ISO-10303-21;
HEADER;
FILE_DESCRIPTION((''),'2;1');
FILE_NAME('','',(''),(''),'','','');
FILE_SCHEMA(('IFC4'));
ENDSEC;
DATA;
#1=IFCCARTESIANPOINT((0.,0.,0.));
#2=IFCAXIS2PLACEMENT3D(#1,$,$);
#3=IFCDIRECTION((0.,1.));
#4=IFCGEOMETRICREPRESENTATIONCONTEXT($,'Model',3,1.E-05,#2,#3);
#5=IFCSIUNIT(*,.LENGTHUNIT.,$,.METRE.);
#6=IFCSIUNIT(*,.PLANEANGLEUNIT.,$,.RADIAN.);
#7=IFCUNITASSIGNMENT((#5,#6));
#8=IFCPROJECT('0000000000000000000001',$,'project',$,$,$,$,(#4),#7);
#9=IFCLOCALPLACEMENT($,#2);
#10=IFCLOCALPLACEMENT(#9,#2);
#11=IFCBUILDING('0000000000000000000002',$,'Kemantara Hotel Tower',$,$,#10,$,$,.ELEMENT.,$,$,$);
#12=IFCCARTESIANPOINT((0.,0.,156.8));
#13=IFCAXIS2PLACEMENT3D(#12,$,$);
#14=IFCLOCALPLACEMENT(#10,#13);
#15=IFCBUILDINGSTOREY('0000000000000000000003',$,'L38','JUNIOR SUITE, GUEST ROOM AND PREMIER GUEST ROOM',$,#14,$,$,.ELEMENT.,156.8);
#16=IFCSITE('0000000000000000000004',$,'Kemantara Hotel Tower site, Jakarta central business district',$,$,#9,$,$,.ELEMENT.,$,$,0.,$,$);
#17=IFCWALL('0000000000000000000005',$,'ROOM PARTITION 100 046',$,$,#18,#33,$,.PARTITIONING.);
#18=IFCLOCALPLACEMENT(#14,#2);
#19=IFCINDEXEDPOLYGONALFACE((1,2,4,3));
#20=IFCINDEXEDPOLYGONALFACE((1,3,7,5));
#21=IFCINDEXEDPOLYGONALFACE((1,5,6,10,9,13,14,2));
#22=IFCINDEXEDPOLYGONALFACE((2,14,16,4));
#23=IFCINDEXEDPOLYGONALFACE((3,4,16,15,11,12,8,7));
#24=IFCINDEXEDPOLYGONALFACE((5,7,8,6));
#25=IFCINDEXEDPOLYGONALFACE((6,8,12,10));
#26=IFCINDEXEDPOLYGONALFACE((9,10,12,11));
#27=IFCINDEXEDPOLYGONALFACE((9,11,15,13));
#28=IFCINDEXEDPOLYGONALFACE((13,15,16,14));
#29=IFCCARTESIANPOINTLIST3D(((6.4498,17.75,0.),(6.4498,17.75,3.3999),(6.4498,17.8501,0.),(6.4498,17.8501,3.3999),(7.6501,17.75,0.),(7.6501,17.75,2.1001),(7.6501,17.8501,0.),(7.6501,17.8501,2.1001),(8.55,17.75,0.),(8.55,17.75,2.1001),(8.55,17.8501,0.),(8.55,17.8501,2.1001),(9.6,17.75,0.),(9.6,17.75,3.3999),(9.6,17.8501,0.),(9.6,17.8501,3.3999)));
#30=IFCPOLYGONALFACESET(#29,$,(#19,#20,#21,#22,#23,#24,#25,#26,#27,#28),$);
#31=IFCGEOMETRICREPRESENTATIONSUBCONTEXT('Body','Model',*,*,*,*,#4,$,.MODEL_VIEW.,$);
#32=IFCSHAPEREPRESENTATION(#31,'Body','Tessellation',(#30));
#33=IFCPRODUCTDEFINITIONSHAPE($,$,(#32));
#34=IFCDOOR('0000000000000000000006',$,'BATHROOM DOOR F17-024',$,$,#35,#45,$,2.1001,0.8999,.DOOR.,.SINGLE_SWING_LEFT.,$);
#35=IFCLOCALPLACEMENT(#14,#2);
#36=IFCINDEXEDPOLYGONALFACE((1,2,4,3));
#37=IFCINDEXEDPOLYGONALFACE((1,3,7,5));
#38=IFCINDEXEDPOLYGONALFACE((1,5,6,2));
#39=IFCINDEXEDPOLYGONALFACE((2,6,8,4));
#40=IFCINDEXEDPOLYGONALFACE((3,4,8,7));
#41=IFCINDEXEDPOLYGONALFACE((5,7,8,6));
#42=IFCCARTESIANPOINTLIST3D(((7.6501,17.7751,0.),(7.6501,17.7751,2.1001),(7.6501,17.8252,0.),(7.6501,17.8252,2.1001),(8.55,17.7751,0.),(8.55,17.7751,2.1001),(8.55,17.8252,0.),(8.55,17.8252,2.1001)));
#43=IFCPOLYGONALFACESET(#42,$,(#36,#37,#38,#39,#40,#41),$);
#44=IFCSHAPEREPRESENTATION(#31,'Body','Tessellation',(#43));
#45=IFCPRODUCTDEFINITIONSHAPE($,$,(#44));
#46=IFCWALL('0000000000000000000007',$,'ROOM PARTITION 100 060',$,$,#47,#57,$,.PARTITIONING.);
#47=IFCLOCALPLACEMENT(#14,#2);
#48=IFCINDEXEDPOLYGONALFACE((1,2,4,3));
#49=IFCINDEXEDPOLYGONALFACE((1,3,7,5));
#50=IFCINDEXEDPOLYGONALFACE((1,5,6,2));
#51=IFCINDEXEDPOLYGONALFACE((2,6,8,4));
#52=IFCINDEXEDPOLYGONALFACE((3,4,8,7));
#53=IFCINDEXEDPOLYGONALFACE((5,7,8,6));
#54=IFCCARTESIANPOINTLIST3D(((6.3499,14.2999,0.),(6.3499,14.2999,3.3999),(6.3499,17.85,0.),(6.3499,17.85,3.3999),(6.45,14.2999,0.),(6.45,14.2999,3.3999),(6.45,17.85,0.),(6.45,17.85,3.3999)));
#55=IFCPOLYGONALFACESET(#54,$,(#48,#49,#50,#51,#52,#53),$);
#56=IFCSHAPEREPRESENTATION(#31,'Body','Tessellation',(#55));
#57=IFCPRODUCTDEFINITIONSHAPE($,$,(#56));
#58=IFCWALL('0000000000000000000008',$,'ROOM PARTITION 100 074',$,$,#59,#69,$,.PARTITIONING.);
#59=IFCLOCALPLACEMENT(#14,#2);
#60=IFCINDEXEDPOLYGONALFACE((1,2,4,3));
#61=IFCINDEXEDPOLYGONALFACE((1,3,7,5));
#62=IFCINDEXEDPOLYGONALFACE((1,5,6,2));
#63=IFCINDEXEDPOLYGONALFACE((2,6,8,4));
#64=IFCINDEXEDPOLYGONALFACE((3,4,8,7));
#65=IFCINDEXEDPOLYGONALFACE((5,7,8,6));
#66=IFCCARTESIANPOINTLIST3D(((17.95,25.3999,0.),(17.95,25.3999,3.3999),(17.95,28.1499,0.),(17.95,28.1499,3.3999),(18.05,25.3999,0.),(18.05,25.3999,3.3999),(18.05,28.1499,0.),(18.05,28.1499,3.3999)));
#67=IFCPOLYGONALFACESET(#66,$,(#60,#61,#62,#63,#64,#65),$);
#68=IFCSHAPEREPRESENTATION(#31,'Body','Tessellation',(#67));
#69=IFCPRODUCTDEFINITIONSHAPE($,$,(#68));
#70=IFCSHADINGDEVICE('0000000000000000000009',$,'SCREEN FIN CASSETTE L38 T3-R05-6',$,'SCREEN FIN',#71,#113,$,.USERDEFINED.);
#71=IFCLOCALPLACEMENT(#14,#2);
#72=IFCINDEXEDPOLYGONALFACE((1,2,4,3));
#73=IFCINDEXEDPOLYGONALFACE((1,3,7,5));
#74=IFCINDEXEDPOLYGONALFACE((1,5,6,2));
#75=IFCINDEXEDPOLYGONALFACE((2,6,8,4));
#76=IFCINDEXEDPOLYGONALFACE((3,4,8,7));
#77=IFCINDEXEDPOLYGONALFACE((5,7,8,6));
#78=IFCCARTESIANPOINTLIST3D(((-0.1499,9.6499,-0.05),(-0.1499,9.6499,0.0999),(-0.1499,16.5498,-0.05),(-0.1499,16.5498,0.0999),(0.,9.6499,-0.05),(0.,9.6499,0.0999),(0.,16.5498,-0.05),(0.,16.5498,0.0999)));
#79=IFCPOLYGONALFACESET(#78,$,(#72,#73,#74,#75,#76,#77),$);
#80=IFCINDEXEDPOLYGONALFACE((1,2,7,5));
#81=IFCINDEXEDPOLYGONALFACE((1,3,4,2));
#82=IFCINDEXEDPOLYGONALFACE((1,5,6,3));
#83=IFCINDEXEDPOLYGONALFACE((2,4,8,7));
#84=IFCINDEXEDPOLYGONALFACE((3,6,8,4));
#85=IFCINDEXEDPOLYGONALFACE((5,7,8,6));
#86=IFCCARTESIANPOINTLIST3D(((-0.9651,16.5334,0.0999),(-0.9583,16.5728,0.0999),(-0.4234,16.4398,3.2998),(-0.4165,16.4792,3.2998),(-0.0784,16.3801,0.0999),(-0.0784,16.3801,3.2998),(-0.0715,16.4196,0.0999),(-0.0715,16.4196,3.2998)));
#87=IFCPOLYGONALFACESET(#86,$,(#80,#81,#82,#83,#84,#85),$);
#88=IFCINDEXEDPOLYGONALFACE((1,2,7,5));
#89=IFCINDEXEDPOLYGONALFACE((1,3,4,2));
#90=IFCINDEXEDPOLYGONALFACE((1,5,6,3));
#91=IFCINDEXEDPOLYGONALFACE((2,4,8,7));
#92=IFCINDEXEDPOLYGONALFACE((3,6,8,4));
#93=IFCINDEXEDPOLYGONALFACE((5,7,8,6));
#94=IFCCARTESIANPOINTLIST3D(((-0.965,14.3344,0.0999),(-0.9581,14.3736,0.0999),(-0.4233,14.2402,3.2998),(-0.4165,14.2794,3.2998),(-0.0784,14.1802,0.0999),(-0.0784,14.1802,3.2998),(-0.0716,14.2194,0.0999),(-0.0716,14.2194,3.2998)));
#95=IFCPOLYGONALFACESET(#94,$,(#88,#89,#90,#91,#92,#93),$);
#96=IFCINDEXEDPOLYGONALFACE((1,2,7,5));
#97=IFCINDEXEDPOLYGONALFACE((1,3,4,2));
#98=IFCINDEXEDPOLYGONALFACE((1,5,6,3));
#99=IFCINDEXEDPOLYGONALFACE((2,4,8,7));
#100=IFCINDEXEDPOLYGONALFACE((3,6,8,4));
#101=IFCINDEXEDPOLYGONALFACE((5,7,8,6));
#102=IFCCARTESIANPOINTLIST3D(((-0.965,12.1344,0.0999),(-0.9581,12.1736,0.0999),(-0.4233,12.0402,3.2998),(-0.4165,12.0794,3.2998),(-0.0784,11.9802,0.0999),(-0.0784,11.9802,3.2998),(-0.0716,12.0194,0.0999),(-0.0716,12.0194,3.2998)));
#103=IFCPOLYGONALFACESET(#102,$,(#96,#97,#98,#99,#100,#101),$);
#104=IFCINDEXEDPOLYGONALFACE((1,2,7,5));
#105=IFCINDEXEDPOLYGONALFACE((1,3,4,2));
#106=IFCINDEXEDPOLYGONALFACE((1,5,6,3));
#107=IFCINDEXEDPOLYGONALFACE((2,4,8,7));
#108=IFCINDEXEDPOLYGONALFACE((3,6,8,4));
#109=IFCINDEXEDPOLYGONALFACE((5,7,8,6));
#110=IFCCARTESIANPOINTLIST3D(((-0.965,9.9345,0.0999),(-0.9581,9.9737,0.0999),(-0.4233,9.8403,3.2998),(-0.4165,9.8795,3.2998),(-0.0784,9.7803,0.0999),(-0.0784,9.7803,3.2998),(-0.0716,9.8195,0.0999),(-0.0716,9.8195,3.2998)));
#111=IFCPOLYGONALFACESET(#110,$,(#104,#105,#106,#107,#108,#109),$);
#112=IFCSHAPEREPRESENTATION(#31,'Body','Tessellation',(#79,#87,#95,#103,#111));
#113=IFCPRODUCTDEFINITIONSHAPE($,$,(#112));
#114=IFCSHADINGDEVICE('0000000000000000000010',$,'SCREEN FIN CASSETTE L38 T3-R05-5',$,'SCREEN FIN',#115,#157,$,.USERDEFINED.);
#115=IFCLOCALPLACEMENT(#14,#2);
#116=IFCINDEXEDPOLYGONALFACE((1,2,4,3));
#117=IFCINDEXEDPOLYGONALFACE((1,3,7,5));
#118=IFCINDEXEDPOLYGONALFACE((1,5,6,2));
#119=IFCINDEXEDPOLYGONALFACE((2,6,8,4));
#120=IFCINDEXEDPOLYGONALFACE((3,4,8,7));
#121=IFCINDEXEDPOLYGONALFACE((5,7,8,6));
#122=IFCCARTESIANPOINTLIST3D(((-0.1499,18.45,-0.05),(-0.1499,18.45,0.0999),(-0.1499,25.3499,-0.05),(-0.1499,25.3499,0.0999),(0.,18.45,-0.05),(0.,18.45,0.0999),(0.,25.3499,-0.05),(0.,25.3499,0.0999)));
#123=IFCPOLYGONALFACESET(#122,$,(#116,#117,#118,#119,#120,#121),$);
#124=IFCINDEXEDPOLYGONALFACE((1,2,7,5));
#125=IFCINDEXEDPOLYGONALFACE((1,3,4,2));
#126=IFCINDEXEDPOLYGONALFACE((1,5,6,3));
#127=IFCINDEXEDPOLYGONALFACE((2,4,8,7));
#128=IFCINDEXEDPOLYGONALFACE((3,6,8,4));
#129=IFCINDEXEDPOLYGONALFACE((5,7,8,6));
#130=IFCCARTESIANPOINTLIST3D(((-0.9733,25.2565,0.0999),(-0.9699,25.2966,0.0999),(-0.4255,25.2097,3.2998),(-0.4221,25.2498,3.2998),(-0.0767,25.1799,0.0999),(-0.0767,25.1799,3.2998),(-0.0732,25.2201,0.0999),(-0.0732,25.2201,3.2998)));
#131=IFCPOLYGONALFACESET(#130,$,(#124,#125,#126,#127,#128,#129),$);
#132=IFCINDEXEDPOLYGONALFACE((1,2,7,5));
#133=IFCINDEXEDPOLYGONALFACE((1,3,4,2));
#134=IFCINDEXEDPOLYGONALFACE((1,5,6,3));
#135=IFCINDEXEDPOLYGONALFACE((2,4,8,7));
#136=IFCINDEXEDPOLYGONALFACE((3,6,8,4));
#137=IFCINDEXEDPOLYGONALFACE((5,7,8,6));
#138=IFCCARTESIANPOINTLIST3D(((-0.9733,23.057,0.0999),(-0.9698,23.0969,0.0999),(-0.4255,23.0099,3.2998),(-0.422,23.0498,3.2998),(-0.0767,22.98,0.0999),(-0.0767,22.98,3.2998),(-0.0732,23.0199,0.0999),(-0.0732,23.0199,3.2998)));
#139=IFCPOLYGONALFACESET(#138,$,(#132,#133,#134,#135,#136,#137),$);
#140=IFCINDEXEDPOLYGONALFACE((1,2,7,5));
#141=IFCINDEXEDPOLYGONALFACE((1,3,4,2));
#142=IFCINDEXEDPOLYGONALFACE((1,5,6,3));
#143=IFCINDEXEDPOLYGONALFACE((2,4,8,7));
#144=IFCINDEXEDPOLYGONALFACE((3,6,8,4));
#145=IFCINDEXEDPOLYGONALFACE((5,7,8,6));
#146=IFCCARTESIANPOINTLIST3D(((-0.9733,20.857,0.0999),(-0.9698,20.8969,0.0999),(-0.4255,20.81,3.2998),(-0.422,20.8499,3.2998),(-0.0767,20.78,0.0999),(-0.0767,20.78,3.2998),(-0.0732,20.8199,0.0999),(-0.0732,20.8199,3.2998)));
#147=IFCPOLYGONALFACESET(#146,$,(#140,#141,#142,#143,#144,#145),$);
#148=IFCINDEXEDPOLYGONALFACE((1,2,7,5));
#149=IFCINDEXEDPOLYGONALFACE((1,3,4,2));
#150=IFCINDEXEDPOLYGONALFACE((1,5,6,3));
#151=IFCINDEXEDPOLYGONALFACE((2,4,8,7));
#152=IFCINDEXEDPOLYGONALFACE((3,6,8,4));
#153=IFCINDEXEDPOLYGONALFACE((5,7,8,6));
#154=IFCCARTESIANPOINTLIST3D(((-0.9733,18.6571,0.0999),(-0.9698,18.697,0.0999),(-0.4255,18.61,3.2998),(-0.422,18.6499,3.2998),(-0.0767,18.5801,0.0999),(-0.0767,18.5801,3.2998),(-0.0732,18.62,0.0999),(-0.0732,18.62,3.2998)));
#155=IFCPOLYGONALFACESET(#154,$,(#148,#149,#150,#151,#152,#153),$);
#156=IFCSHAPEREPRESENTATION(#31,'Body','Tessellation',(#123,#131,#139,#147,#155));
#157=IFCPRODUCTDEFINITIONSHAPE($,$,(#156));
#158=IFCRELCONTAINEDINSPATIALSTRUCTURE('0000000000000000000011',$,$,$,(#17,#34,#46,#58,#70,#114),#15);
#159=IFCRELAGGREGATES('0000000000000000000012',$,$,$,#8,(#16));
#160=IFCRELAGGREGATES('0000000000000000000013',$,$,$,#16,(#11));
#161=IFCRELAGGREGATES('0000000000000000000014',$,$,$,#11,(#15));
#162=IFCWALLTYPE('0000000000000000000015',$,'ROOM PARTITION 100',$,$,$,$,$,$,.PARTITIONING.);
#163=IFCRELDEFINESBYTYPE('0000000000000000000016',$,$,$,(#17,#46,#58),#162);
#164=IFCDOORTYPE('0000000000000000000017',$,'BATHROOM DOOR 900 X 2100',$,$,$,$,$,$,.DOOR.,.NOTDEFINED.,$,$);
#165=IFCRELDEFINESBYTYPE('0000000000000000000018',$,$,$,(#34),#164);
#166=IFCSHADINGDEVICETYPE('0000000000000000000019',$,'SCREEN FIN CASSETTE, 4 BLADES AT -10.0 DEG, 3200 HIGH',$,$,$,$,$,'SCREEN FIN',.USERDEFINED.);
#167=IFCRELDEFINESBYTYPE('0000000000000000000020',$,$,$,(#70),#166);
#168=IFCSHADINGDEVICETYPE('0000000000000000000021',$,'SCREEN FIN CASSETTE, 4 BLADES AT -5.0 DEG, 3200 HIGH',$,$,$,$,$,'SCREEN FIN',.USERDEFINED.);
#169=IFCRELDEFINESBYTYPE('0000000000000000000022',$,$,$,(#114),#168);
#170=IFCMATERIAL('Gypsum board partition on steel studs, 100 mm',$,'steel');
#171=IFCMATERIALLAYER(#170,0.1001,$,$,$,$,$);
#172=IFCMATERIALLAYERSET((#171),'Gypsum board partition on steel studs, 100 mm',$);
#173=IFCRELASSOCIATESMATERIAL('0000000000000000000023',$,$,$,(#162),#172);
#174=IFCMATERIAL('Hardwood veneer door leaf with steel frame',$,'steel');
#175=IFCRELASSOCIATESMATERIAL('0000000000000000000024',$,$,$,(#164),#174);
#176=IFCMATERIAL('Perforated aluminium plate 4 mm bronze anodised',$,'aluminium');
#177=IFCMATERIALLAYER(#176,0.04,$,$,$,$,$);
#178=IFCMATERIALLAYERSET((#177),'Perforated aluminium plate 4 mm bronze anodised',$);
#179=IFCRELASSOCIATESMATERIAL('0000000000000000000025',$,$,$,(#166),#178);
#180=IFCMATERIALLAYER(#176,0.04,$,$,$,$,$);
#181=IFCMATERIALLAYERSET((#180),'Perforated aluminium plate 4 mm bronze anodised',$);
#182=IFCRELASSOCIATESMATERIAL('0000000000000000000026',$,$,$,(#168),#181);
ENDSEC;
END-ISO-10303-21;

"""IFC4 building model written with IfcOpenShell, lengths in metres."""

from ifc_helpers import new_model, si_unit, direction, frame, frame_2d, origin, origin_2d, place, context, subcontext, project, spatial, polyline, rectangle, outline, extrude, source, transform, mapped, material, layer, layer_set, type_object, element, fill, save


model = new_model("IFC4")

# Units and contexts
model_context = context("Model", 3, precision=1e-05, world=origin(), true_north=direction((0.0, 1.0)))
body_context = subcontext(model_context, "Body", "Model", "MODEL_VIEW")
ifc_project = project(units=[si_unit("LENGTHUNIT", "METRE"), si_unit("PLANEANGLEUNIT", "RADIAN")], contexts=[model_context])

# Site, building, storey
site_placement = place(None, origin())
site = spatial("IfcSite", under=ifc_project, at=site_placement, Name="Kemantara Hotel Tower site, Jakarta central business district", CompositionType="ELEMENT", RefElevation=0.0)
building_placement = place(site_placement, origin())
building = spatial("IfcBuilding", under=site, at=building_placement, Name="Kemantara Hotel Tower", CompositionType="ELEMENT")
storey_placement = place(building_placement, frame((0.0, 0.0, 156.8)))
storey = spatial("IfcBuildingStorey", under=building, at=storey_placement, Name="L38", Description="JUNIOR SUITE, GUEST ROOM AND PREMIER GUEST ROOM", CompositionType="ELEMENT", Elevation=156.8)

# Wall, opening, door
ifc_material_1 = material(Name="Gypsum board partition on steel studs, 100 mm", Category="steel")
ifc_layer_1 = layer(ifc_material_1, 0.1001)
ifc_layer_set_1 = layer_set([ifc_layer_1], Name="Gypsum board partition on steel studs, 100 mm")
wall_type_1 = type_object("IfcWallType", Name="ROOM PARTITION 100", PredefinedType="PARTITIONING", material=ifc_layer_set_1)
wall_1_placement = place(storey_placement, frame((9.6001, 17.8, 0.0), z_axis=(0.0, 0.0, 1.0), x_axis=(-1.0, 0.0, 0.0)))
wall_1 = element("IfcWall", 1, at=wall_1_placement, inside=storey, type_object=wall_type_1, Name="ROOM PARTITION 100 046", PredefinedType="PARTITIONING", context=body_context, shape_type="SweptSolid", body=[
    extrude(rectangle(XDim=3.1501, YDim=0.1001, at=frame_2d((1.5752, 0.0))), origin(), (0.0, 0.0, 1.0), 3.3999),
])
opening_placement = place(wall_1_placement, frame((1.05, 0.0, 0.0)))
opening = element("IfcOpeningElement", 2, at=opening_placement, cuts=wall_1, PredefinedType="OPENING", context=body_context, shape_type="SweptSolid", body=[
    extrude(rectangle(XDim=0.8999, YDim=2.1001, at=frame_2d((0.45, 1.05))), frame((0.0, 0.0601, 0.0), z_axis=(0.0, -1.0, 0.0), x_axis=(1.0, 0.0, 0.0)), (0.0, 0.0, 1.0), 0.1201),
])
ifc_material_2 = material(Name="Hardwood veneer door leaf with steel frame", Category="steel")
door_type = type_object("IfcDoorType", Name="BATHROOM DOOR 900 X 2100", OperationType="NOTDEFINED", PredefinedType="DOOR", material=ifc_material_2)
door_placement = place(opening_placement, origin())
door = element("IfcDoor", 3, at=door_placement, inside=storey, type_object=door_type, Name="BATHROOM DOOR F17-024", OperationType="SINGLE_SWING_LEFT", OverallHeight=2.1001, OverallWidth=0.8999, PredefinedType="DOOR", context=body_context, shape_type="SweptSolid", body=[
    extrude(rectangle(XDim=0.8999, YDim=2.1001, at=frame_2d((0.45, 1.05))), frame((0.0, 0.0249, 0.0), z_axis=(0.0, -1.0, 0.0), x_axis=(1.0, 0.0, 0.0)), (0.0, 0.0, 1.0), 0.05),
])
fill(opening, door)

# Walls
wall_2_placement = place(storey_placement, frame((6.3999, 14.3, 0.0), z_axis=(0.0, 0.0, 1.0), x_axis=(0.0, 1.0, 0.0)))
element("IfcWall", 4, at=wall_2_placement, inside=storey, type_object=wall_type_1, Name="ROOM PARTITION 100 060", PredefinedType="PARTITIONING", context=body_context, shape_type="SweptSolid", body=[
    extrude(rectangle(XDim=3.55, YDim=0.1001, at=frame_2d((1.7749, 0.0))), origin(), (0.0, 0.0, 1.0), 3.3999),
])
wall_3_placement = place(storey_placement, frame((18.0, 25.3999, 0.0), z_axis=(0.0, 0.0, 1.0), x_axis=(0.0, 1.0, 0.0)))
element("IfcWall", 5, at=wall_3_placement, inside=storey, type_object=wall_type_1, Name="ROOM PARTITION 100 074", PredefinedType="PARTITIONING", context=body_context, shape_type="SweptSolid", body=[
    extrude(rectangle(XDim=2.75, YDim=0.1001, at=frame_2d((1.375, 0.0))), origin(), (0.0, 0.0, 1.0), 3.3999),
])

# Shading devices
ifc_material_3 = material(Name="Perforated aluminium plate 4 mm bronze anodised", Category="aluminium")
ifc_layer_2 = layer(ifc_material_3, 0.04)
ifc_layer_set_2 = layer_set([ifc_layer_2], Name="Perforated aluminium plate 4 mm bronze anodised")
shading_device_type_1 = type_object("IfcShadingDeviceType", Name="SCREEN FIN CASSETTE, 4 BLADES AT -10.0 DEG, 3200 HIGH", ElementType="SCREEN FIN", PredefinedType="USERDEFINED", material=ifc_layer_set_2)
shared_shape_1 = source(origin(), body_context, "Body", "SweptSolid", [
    extrude(rectangle(XDim=6.8999, YDim=0.1499, at=origin_2d()), frame((3.3, -0.075, -0.1499), z_axis=(0.0, 0.0, 1.0), x_axis=(1.0, 0.0, 0.0)), (0.0, 0.0, 1.0), 0.1499),
    extrude(outline(polyline([(0.0, 0.0), (0.8999, 0.0), (0.3501, 3.2), (0.0, 3.2), (0.0, 0.0)])), frame((0.0198, -0.0784, 0.0), z_axis=(-0.98539, 0.170314, 0.0), x_axis=(-0.170314, -0.98539, 0.0)), (0.0, 0.0, 1.0), 0.04),
    extrude(outline(polyline([(0.0, 0.0), (0.8999, 0.0), (0.3501, 3.2), (0.0, 3.2), (0.0, 0.0)])), frame((2.2197, -0.0784, 0.0), z_axis=(-0.985212, 0.171341, 0.0), x_axis=(-0.171341, -0.985212, 0.0)), (0.0, 0.0, 1.0), 0.0398),
    extrude(outline(polyline([(0.0, 0.0), (0.8999, 0.0), (0.3501, 3.2), (0.0, 3.2), (0.0, 0.0)])), frame((4.4197, -0.0784, 0.0), z_axis=(-0.985212, 0.171341, 0.0), x_axis=(-0.171341, -0.985212, 0.0)), (0.0, 0.0, 1.0), 0.0398),
    extrude(outline(polyline([(0.0, 0.0), (0.8999, 0.0), (0.3501, 3.2), (0.0, 3.2), (0.0, 0.0)])), frame((6.6196, -0.0784, 0.0), z_axis=(-0.985212, 0.171341, 0.0), x_axis=(-0.171341, -0.985212, 0.0)), (0.0, 0.0, 1.0), 0.0398),
])
shading_device_1_placement = place(storey_placement, frame((0.0, 16.3999, 0.0999), z_axis=(0.0, 0.0, 1.0), x_axis=(0.0, -1.0, 0.0)))
element("IfcShadingDevice", 6, at=shading_device_1_placement, inside=storey, type_object=shading_device_type_1, Name="SCREEN FIN CASSETTE L38 T3-R05-6", ObjectType="SCREEN FIN", PredefinedType="USERDEFINED", context=body_context, shape_type="MappedRepresentation", body=[
    mapped(shared_shape_1, transform((0.0, 0.0, 0.0))),
])
ifc_layer_3 = layer(ifc_material_3, 0.04)
ifc_layer_set_3 = layer_set([ifc_layer_3], Name="Perforated aluminium plate 4 mm bronze anodised")
shading_device_type_2 = type_object("IfcShadingDeviceType", Name="SCREEN FIN CASSETTE, 4 BLADES AT -5.0 DEG, 3200 HIGH", ElementType="SCREEN FIN", PredefinedType="USERDEFINED", material=ifc_layer_set_3)
shared_shape_2 = source(origin(), body_context, "Body", "SweptSolid", [
    extrude(rectangle(XDim=6.8999, YDim=0.1499, at=origin_2d()), frame((3.3, -0.075, -0.1499), z_axis=(0.0, 0.0, 1.0), x_axis=(1.0, 0.0, 0.0)), (0.0, 0.0, 1.0), 0.1499),
    extrude(outline(polyline([(0.0, 0.0), (0.8999, 0.0), (0.3501, 3.2), (0.0, 3.2), (0.0, 0.0)])), frame((0.02, -0.0767, 0.0), z_axis=(-0.996376, 0.085056, 0.0), x_axis=(-0.085056, -0.996376, 0.0)), (0.0, 0.0, 1.0), 0.0403),
    extrude(outline(polyline([(0.0, 0.0), (0.8999, 0.0), (0.3501, 3.2), (0.0, 3.2), (0.0, 0.0)])), frame((2.22, -0.0767, 0.0), z_axis=(-0.996332, 0.085575, 0.0), x_axis=(-0.085575, -0.996332, 0.0)), (0.0, 0.0, 1.0), 0.04),
    extrude(outline(polyline([(0.0, 0.0), (0.8999, 0.0), (0.3501, 3.2), (0.0, 3.2), (0.0, 0.0)])), frame((4.4199, -0.0767, 0.0), z_axis=(-0.996332, 0.085575, 0.0), x_axis=(-0.085575, -0.996332, 0.0)), (0.0, 0.0, 1.0), 0.04),
    extrude(outline(polyline([(0.0, 0.0), (0.8999, 0.0), (0.3501, 3.2), (0.0, 3.2), (0.0, 0.0)])), frame((6.6199, -0.0767, 0.0), z_axis=(-0.996332, 0.085575, 0.0), x_axis=(-0.085575, -0.996332, 0.0)), (0.0, 0.0, 1.0), 0.04),
])
shading_device_2_placement = place(storey_placement, frame((0.0, 25.2, 0.0999), z_axis=(0.0, 0.0, 1.0), x_axis=(0.0, -1.0, 0.0)))
element("IfcShadingDevice", 7, at=shading_device_2_placement, inside=storey, type_object=shading_device_type_2, Name="SCREEN FIN CASSETTE L38 T3-R05-5", ObjectType="SCREEN FIN", PredefinedType="USERDEFINED", context=body_context, shape_type="MappedRepresentation", body=[
    mapped(shared_shape_2, transform((0.0, 0.0, 0.0))),
])

save(model, "model.ifc")
